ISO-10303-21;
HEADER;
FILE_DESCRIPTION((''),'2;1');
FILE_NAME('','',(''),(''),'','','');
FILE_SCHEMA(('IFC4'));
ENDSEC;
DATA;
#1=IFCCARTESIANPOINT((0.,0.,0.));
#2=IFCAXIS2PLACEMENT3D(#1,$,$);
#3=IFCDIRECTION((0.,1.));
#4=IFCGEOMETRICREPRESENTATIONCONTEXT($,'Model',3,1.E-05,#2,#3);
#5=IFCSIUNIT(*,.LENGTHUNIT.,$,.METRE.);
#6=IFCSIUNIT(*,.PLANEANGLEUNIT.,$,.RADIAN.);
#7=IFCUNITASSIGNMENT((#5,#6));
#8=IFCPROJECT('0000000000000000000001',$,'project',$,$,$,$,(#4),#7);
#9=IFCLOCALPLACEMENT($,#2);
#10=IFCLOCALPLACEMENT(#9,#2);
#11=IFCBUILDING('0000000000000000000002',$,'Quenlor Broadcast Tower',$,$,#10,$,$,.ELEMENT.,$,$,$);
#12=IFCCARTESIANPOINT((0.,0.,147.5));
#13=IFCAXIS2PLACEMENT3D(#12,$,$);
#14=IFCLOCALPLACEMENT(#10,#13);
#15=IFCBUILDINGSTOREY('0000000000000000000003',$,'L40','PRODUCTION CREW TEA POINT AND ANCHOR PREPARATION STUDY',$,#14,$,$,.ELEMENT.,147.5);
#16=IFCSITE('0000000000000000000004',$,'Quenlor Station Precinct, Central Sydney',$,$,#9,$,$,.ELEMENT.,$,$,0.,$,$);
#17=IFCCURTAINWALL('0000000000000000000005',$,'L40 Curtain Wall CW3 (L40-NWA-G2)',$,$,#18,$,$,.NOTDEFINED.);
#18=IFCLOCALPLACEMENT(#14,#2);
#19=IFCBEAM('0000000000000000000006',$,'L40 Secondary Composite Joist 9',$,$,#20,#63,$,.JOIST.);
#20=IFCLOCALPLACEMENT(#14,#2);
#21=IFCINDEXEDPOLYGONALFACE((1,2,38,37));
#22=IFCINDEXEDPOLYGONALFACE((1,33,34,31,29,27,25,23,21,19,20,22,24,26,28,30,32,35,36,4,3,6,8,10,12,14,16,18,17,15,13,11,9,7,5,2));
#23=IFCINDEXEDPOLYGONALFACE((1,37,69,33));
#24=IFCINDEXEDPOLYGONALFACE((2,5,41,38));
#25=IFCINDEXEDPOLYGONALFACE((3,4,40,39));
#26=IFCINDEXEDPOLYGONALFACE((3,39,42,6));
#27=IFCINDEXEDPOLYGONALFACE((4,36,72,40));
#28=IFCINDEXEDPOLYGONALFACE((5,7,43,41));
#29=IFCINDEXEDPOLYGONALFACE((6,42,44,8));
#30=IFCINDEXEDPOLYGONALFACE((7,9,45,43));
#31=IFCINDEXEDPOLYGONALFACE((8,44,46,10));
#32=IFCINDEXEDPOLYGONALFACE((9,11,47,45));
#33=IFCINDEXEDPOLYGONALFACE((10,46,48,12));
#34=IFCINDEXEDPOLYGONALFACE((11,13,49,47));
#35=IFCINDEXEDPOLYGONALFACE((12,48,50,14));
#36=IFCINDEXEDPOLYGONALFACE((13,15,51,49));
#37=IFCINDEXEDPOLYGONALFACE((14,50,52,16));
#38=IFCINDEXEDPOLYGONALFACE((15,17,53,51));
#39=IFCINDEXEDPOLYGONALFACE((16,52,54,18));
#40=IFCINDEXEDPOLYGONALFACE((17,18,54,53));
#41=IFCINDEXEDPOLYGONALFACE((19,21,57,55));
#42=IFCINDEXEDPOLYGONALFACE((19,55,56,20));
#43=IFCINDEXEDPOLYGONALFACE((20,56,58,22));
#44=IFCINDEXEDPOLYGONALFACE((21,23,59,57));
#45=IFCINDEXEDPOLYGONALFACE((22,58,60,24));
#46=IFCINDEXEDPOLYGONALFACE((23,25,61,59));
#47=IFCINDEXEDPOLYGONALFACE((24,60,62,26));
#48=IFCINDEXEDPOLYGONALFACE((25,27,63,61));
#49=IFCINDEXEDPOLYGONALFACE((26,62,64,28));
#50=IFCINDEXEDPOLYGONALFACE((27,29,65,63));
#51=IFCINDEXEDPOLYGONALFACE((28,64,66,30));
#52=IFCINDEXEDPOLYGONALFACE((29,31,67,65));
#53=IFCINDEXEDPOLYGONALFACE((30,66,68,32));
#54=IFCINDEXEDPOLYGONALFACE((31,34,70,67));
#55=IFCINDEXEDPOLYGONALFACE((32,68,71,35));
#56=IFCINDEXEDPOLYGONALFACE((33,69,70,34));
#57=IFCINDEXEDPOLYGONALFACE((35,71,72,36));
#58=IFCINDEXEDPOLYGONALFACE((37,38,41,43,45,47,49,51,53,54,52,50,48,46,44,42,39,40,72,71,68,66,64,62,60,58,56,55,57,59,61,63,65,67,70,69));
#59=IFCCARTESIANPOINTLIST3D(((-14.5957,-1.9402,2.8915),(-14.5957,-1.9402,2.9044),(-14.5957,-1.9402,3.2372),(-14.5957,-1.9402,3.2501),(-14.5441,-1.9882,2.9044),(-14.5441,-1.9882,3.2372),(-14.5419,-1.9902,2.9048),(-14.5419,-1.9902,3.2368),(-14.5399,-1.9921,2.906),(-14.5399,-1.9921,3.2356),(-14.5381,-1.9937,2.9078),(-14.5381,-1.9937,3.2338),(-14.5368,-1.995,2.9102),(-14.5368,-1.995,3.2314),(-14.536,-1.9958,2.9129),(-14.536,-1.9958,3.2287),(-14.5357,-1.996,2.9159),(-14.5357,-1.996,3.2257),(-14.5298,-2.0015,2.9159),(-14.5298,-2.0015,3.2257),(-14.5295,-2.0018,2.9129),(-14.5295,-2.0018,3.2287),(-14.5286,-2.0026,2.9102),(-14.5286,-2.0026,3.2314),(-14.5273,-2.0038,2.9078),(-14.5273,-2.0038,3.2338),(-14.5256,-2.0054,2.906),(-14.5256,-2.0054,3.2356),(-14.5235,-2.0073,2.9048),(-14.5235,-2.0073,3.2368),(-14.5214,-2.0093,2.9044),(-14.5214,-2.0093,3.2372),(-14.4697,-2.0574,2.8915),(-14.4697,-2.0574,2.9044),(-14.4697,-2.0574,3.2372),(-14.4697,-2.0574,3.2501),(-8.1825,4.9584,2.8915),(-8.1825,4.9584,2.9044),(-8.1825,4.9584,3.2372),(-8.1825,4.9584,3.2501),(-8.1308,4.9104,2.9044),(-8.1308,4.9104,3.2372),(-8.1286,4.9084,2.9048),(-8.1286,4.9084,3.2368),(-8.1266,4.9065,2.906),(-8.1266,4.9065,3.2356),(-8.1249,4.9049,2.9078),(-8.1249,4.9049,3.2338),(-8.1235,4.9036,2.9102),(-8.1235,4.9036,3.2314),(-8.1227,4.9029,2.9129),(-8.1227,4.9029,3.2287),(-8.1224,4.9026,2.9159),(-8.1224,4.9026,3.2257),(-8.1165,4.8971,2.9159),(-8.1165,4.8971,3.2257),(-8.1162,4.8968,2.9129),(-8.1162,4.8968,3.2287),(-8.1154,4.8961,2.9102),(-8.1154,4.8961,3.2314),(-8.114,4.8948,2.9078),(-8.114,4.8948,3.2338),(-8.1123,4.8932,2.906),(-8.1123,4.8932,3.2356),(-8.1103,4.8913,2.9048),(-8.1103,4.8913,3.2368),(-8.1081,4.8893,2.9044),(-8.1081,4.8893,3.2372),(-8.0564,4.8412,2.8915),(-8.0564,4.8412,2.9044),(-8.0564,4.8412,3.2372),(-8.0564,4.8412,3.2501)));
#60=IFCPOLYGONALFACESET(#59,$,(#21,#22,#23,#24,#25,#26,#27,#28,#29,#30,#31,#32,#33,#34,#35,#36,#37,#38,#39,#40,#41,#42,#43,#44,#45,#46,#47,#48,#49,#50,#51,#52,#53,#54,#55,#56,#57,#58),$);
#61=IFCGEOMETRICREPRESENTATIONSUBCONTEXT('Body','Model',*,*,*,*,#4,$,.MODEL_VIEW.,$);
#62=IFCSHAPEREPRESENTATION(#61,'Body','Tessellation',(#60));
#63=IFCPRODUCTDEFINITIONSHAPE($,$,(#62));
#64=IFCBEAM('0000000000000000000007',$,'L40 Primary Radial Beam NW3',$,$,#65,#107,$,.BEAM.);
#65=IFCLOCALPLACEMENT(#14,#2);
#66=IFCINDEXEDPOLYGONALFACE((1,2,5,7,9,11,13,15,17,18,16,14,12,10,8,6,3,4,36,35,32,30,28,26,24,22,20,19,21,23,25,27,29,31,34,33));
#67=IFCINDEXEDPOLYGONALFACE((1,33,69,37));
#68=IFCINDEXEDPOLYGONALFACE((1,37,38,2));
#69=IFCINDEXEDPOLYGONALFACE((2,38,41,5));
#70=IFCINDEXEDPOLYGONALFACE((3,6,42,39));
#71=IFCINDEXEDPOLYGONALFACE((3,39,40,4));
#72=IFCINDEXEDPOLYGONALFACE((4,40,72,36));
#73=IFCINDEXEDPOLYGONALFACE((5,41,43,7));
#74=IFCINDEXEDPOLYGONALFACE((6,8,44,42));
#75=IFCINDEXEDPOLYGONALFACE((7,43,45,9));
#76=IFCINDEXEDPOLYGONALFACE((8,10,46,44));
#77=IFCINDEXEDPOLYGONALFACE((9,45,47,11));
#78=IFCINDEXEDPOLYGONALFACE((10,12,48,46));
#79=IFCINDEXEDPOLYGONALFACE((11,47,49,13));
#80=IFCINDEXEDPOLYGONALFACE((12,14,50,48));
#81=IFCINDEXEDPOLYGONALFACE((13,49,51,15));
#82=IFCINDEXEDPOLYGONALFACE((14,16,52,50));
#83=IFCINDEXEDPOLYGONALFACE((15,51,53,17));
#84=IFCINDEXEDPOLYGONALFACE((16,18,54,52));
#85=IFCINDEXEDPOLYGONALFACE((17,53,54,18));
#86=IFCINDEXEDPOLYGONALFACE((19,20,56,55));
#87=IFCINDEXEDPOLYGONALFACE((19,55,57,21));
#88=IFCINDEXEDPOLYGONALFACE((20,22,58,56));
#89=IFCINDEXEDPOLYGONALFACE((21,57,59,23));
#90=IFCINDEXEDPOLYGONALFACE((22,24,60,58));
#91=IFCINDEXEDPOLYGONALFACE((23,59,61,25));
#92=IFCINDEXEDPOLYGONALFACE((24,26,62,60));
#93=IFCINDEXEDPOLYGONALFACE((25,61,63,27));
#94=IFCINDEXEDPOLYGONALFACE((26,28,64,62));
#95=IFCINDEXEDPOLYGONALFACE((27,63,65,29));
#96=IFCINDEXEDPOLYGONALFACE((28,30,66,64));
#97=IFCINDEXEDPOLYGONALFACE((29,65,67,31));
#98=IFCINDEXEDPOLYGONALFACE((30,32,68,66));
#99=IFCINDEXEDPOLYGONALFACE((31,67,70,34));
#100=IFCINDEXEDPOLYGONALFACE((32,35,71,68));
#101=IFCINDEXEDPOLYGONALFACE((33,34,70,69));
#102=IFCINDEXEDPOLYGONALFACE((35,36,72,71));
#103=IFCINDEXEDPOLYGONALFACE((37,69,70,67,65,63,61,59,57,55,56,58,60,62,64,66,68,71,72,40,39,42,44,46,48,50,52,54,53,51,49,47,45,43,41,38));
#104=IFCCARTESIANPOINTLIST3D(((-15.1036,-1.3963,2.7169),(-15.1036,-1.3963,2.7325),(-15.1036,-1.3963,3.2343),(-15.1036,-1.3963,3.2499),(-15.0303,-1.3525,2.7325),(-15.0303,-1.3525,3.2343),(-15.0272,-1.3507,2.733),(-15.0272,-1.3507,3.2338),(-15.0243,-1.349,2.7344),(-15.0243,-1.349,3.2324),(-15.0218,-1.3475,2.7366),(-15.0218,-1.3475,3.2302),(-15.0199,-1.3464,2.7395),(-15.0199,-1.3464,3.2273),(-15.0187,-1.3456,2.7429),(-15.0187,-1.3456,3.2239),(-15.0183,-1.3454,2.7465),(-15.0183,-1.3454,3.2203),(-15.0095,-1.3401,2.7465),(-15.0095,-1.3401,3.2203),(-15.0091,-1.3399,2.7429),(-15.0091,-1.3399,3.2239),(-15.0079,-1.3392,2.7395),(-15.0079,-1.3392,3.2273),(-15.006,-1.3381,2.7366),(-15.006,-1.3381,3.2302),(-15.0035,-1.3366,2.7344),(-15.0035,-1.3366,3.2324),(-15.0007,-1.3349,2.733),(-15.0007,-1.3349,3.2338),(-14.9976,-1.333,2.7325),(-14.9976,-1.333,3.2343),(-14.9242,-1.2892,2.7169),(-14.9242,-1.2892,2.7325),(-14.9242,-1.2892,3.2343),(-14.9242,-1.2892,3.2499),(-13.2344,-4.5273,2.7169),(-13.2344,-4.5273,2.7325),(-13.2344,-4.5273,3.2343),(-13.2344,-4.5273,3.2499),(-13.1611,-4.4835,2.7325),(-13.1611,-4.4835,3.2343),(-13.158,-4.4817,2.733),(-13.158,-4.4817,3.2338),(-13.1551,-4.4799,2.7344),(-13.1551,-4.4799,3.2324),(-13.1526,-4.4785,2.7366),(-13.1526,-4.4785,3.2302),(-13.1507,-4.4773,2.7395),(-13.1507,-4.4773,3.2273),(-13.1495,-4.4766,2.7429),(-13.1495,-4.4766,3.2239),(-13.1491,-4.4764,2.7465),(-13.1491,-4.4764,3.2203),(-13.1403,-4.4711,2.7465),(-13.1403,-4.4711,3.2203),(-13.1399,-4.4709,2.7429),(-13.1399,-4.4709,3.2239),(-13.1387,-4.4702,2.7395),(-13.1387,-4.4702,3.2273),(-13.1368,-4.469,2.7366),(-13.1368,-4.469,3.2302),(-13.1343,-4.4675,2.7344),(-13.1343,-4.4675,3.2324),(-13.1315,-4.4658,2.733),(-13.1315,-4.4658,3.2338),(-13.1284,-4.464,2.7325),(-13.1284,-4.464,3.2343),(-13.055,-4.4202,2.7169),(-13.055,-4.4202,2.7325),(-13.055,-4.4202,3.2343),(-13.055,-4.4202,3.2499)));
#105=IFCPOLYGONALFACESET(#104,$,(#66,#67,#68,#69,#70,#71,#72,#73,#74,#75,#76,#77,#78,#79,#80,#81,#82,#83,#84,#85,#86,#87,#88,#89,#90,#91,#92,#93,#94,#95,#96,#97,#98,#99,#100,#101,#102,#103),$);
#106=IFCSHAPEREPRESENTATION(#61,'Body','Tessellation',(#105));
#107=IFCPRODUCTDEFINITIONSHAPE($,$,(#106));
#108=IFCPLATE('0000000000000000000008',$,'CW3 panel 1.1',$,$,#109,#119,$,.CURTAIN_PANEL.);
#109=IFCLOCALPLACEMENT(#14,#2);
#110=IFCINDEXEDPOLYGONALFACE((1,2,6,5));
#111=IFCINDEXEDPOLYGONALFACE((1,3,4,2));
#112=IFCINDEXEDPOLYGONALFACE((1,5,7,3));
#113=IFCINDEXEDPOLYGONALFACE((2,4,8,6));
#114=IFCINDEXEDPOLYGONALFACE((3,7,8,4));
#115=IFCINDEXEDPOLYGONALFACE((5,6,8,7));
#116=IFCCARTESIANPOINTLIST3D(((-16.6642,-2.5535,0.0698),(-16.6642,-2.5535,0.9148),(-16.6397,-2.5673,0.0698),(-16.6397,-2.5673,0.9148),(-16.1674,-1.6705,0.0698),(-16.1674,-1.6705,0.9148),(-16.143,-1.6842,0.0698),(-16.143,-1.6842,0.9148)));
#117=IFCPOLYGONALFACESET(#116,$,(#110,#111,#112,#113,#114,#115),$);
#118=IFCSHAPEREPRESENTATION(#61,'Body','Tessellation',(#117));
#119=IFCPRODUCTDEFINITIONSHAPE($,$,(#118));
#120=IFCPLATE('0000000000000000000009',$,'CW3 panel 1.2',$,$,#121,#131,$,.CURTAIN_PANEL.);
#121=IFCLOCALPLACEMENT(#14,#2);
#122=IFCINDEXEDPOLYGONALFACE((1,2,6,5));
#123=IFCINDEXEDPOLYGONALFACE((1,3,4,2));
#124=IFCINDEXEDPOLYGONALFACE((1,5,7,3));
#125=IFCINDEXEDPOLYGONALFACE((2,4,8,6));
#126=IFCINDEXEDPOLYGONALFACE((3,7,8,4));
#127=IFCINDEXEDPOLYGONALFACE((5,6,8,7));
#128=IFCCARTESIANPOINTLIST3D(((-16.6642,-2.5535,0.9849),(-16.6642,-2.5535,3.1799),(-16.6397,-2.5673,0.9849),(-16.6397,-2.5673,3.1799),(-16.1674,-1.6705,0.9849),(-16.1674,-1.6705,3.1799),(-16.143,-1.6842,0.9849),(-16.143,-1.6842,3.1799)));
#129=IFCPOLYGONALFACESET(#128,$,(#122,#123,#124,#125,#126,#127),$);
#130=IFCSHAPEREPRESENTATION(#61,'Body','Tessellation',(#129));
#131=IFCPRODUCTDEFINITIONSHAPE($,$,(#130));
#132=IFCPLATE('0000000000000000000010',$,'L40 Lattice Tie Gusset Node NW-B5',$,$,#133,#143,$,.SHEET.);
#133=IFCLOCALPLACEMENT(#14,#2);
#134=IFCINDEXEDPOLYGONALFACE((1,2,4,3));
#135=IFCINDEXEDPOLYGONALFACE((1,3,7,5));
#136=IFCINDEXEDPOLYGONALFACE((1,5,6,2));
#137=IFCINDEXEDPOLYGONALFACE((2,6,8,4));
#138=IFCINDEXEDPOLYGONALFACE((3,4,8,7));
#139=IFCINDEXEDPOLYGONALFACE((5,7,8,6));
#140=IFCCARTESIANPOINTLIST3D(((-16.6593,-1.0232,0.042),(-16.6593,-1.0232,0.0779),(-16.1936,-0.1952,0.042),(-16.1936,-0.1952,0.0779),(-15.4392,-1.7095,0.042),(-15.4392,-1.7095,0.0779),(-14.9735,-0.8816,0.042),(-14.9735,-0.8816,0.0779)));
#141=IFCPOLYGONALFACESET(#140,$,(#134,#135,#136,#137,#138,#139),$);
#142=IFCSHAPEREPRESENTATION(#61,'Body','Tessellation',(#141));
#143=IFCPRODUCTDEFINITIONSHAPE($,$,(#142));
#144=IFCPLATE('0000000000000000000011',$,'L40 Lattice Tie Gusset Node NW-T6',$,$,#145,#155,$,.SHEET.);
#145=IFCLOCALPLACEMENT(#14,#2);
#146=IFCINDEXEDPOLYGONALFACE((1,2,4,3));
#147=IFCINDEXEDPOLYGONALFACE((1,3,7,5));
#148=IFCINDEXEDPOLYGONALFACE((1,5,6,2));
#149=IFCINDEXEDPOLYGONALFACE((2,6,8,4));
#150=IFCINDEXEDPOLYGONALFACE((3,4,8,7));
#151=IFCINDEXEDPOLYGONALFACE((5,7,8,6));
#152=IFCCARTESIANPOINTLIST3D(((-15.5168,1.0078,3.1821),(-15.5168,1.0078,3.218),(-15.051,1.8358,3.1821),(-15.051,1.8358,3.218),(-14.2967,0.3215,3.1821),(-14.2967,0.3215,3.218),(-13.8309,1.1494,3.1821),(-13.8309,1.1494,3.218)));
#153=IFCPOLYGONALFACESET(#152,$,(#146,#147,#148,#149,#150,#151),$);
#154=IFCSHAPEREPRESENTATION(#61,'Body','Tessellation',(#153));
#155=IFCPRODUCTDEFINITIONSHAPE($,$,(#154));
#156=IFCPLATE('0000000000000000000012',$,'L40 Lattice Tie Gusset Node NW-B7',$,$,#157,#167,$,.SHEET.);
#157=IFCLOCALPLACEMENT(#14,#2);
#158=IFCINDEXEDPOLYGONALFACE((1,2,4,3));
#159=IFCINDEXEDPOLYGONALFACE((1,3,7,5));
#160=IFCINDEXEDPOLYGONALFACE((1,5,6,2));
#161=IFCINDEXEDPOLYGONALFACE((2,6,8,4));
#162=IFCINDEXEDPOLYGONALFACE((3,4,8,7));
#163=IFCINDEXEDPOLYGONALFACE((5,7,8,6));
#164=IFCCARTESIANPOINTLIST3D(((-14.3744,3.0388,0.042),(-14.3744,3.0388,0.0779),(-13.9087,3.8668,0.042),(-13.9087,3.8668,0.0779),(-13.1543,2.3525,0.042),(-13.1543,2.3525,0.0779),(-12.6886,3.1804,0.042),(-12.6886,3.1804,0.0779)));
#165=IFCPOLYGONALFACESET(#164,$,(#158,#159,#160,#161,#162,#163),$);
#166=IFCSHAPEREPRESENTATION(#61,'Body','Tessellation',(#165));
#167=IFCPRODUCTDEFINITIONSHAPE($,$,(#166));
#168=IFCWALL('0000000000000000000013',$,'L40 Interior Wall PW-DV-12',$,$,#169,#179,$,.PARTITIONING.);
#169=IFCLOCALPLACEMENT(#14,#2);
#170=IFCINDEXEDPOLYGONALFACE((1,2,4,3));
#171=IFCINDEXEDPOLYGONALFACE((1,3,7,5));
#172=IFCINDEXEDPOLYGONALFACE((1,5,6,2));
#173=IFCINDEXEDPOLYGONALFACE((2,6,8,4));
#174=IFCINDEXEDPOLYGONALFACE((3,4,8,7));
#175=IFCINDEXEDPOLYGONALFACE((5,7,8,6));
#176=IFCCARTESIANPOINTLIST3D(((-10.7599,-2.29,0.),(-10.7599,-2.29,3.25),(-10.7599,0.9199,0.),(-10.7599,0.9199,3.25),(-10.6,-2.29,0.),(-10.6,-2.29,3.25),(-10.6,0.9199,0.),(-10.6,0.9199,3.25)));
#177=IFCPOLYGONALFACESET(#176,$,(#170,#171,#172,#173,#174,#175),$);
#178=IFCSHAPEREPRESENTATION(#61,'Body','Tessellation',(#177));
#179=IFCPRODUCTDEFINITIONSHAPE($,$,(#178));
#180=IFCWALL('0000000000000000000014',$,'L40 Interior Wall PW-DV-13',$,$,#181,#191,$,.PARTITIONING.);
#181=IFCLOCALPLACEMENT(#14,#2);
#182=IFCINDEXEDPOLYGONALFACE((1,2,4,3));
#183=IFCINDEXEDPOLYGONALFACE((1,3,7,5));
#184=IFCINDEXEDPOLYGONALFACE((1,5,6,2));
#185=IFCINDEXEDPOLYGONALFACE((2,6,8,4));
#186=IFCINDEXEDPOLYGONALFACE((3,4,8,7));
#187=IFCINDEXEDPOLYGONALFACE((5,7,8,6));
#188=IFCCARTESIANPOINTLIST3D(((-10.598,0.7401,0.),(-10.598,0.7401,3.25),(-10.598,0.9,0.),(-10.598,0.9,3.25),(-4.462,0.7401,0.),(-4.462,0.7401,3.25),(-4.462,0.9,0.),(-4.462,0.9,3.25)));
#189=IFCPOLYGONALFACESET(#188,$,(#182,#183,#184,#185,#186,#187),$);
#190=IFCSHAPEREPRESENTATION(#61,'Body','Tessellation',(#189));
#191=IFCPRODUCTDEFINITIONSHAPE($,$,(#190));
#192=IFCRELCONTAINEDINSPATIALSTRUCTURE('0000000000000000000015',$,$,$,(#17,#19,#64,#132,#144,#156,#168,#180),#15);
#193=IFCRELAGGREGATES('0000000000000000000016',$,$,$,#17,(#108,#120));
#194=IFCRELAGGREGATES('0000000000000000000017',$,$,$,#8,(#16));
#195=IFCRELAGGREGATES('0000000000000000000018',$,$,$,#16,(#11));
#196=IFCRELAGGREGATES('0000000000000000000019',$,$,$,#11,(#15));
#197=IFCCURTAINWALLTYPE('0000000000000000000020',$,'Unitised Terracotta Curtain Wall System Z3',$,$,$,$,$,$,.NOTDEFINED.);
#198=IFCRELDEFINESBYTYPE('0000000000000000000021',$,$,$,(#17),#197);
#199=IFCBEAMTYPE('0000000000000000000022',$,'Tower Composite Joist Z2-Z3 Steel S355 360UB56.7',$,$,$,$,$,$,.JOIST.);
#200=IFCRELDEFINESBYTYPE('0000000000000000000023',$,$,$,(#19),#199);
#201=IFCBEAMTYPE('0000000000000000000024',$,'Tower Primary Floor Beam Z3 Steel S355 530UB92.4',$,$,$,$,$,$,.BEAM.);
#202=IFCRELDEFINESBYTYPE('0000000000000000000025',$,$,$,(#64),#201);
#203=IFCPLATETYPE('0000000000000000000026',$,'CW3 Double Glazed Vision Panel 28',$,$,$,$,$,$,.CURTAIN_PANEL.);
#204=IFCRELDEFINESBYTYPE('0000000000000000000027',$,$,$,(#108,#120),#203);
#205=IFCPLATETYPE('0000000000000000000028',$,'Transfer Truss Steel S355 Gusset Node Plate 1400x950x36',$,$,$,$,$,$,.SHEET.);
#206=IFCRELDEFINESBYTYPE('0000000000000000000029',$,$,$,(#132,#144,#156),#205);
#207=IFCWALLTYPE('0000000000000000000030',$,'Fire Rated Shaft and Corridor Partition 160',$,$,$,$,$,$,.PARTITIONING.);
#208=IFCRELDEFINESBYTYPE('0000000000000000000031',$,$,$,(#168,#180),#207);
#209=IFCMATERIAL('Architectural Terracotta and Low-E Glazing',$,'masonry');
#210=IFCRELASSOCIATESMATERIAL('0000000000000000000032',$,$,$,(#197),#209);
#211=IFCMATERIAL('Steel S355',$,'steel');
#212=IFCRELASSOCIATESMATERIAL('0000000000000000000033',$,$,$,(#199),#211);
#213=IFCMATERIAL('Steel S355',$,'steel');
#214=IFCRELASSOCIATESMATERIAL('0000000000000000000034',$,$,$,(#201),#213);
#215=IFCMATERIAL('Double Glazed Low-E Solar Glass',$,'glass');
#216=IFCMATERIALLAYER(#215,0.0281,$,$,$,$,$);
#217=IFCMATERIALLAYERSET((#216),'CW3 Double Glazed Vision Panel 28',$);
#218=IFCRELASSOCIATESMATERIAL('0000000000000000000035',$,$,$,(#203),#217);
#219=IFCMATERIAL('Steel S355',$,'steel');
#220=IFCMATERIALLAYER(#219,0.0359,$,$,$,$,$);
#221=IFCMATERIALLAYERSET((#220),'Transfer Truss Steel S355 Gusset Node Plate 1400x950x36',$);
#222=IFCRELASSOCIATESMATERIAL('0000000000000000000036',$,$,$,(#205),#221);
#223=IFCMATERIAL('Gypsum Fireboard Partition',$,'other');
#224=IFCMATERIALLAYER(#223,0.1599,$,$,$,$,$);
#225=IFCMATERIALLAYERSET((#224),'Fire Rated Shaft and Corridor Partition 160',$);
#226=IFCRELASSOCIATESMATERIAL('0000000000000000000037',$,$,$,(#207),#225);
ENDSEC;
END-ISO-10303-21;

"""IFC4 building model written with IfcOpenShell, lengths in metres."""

from ifc_helpers import new_model, si_unit, direction, frame, frame_2d, origin, origin_2d, place, context, subcontext, project, spatial, rectangle, i_section, extrude, material, layer, layer_set, material_profile, profile_set, type_object, element, aggregate, save


model = new_model("IFC4")

# Units and contexts
model_context = context("Model", 3, precision=1e-05, world=origin(), true_north=direction((0.0, 1.0)))
body_context = subcontext(model_context, "Body", "Model", "MODEL_VIEW")
ifc_project = project(units=[si_unit("LENGTHUNIT", "METRE"), si_unit("PLANEANGLEUNIT", "RADIAN")], contexts=[model_context])

# Site, building, storey
site_placement = place(None, origin())
site = spatial("IfcSite", under=ifc_project, at=site_placement, Name="Quenlor Station Precinct, Central Sydney", CompositionType="ELEMENT", RefElevation=0.0)
building_placement = place(site_placement, origin())
building = spatial("IfcBuilding", under=site, at=building_placement, Name="Quenlor Broadcast Tower", CompositionType="ELEMENT")
storey_placement = place(building_placement, frame((0.0, 0.0, 147.5)))
storey = spatial("IfcBuildingStorey", under=building, at=storey_placement, Name="L40", Description="PRODUCTION CREW TEA POINT AND ANCHOR PREPARATION STUDY", CompositionType="ELEMENT", Elevation=147.5)

# Curtain wall
ifc_material_1 = material(Name="Architectural Terracotta and Low-E Glazing", Category="masonry")
curtain_wall_type = type_object("IfcCurtainWallType", Name="Unitised Terracotta Curtain Wall System Z3", PredefinedType="NOTDEFINED", material=ifc_material_1)
curtain_wall_1_placement = place(storey_placement, origin())
curtain_wall_1 = element("IfcCurtainWall", 1, at=curtain_wall_1_placement, inside=storey, type_object=curtain_wall_type, Name="L40 Curtain Wall CW3 (L40-NWA-G2)", PredefinedType="NOTDEFINED")

# Beams
ifc_material_2 = material(Name="Steel S355", Category="steel")
ifc_material_profile_1 = material_profile(ifc_material_2, i_section(OverallWidth=0.1721, OverallDepth=0.3586, WebThickness=0.0081, FlangeThickness=0.0129, FilletRadius=0.0115, at=origin_2d()))
ifc_profile_set_1 = profile_set([ifc_material_profile_1], Name="Steel S355 360UB56.7")
beam_type_1 = type_object("IfcBeamType", Name="Tower Composite Joist Z2-Z3 Steel S355 360UB56.7", PredefinedType="JOIST", material=ifc_profile_set_1)
beam_1_placement = place(storey_placement, frame((-14.5327, -1.9988, 3.0708), z_axis=(0.680874, 0.732401, 0.0), x_axis=(-0.732401, 0.680874, 0.0)))
element("IfcBeam", 2, at=beam_1_placement, inside=storey, type_object=beam_type_1, Name="L40 Secondary Composite Joist 9", PredefinedType="JOIST", context=body_context, shape_type="SweptSolid", body=[
    extrude(i_section(OverallWidth=0.1721, OverallDepth=0.3586, WebThickness=0.0081, FlangeThickness=0.0129, FilletRadius=0.0115, at=origin_2d()), origin(), (0.0, 0.0, 1.0), 9.4192),
])
ifc_material_3 = material(Name="Steel S355", Category="steel")
ifc_material_profile_2 = material_profile(ifc_material_3, i_section(OverallWidth=0.209, OverallDepth=0.533, WebThickness=0.0103, FlangeThickness=0.0156, FilletRadius=0.0139, at=origin_2d()))
ifc_profile_set_2 = profile_set([ifc_material_profile_2], Name="Steel S355 530UB92.4")
beam_type_2 = type_object("IfcBeamType", Name="Tower Primary Floor Beam Z3 Steel S355 530UB92.4", PredefinedType="BEAM", material=ifc_profile_set_2)
beam_2_placement = place(storey_placement, frame((-15.0139, -1.3428, 2.9834), z_axis=(0.512604, -0.858625, 0.0), x_axis=(0.858625, 0.512604, 0.0)))
element("IfcBeam", 3, at=beam_2_placement, inside=storey, type_object=beam_type_2, Name="L40 Primary Radial Beam NW3", PredefinedType="BEAM", context=body_context, shape_type="SweptSolid", body=[
    extrude(i_section(OverallWidth=0.209, OverallDepth=0.533, WebThickness=0.0103, FlangeThickness=0.0156, FilletRadius=0.0139, at=origin_2d()), origin(), (0.0, 0.0, 1.0), 3.6465),
])

# Plates
ifc_material_4 = material(Name="Double Glazed Low-E Solar Glass", Category="glass")
ifc_layer_1 = layer(ifc_material_4, 0.0281)
ifc_layer_set_1 = layer_set([ifc_layer_1], Name="CW3 Double Glazed Vision Panel 28")
plate_type_1 = type_object("IfcPlateType", Name="CW3 Double Glazed Vision Panel 28", PredefinedType="CURTAIN_PANEL", material=ifc_layer_set_1)
plate_1_placement = place(storey_placement, frame((-16.4036, -2.1189, 0.0698), z_axis=(0.0, 0.0, 1.0), x_axis=(0.490253, 0.87158, 0.0)))
plate_1 = element("IfcPlate", 4, at=plate_1_placement, type_object=plate_type_1, Name="CW3 panel 1.1", PredefinedType="CURTAIN_PANEL", context=body_context, shape_type="SweptSolid", body=[
    extrude(rectangle(XDim=1.0132, YDim=0.0281, at=origin_2d()), origin(), (0.0, 0.0, 1.0), 0.845),
])
plate_2_placement = place(storey_placement, frame((-16.4036, -2.1189, 0.9849), z_axis=(0.0, 0.0, 1.0), x_axis=(0.490253, 0.87158, 0.0)))
plate_2 = element("IfcPlate", 5, at=plate_2_placement, type_object=plate_type_1, Name="CW3 panel 1.2", PredefinedType="CURTAIN_PANEL", context=body_context, shape_type="SweptSolid", body=[
    extrude(rectangle(XDim=1.0132, YDim=0.0281, at=origin_2d()), origin(), (0.0, 0.0, 1.0), 2.1951),
])
aggregate(curtain_wall_1, [plate_1, plate_2])

# Plates
ifc_material_5 = material(Name="Steel S355", Category="steel")
ifc_layer_2 = layer(ifc_material_5, 0.0359)
ifc_layer_set_2 = layer_set([ifc_layer_2], Name="Transfer Truss Steel S355 Gusset Node Plate 1400x950x36")
plate_type_2 = type_object("IfcPlateType", Name="Transfer Truss Steel S355 Gusset Node Plate 1400x950x36", PredefinedType="SHEET", material=ifc_layer_set_2)
for number, where, z_axis, x_axis, name in (
    (6, (-15.8164, -0.9524, 0.042), (0.0, 0.0, 1.0), (-0.871556, 0.490295, 0.0), "L40 Lattice Tie Gusset Node NW-B5"),
    (7, (-14.6738, 1.0786, 3.1821), (0.0, 0.0, 1.0), (-0.871556, 0.490295, 0.0), "L40 Lattice Tie Gusset Node NW-T6"),
    (8, (-13.5315, 3.1096, 0.042), (0.0, 0.0, 1.0), (-0.871556, 0.490295, 0.0), "L40 Lattice Tie Gusset Node NW-B7"),
):
    element("IfcPlate", number, at=place(storey_placement, frame(where, z_axis=z_axis, x_axis=x_axis)), inside=storey, type_object=plate_type_2, Name=name, PredefinedType="SHEET", context=body_context, shape_type="SweptSolid", body=[
        extrude(rectangle(XDim=1.3999, YDim=0.95, at=origin_2d()), origin(), (0.0, 0.0, 1.0), 0.0359),
    ])

# Walls
ifc_material_6 = material(Name="Gypsum Fireboard Partition", Category="other")
ifc_layer_3 = layer(ifc_material_6, 0.1599)
ifc_layer_set_3 = layer_set([ifc_layer_3], Name="Fire Rated Shaft and Corridor Partition 160")
wall_type_1 = type_object("IfcWallType", Name="Fire Rated Shaft and Corridor Partition 160", PredefinedType="PARTITIONING", material=ifc_layer_set_3)
wall_1_placement = place(storey_placement, frame((-10.6799, -2.29, 0.0), z_axis=(0.0, 0.0, 1.0), x_axis=(0.0, 1.0, 0.0)))
element("IfcWall", 9, at=wall_1_placement, inside=storey, type_object=wall_type_1, Name="L40 Interior Wall PW-DV-12", PredefinedType="PARTITIONING", context=body_context, shape_type="SweptSolid", body=[
    extrude(rectangle(XDim=3.21, YDim=0.1599, at=frame_2d((1.605, 0.0))), origin(), (0.0, 0.0, 1.0), 3.25),
])
wall_2_placement = place(storey_placement, frame((-10.5979, 0.8201, 0.0), z_axis=(0.0, 0.0, 1.0), x_axis=(1.0, 0.0, 0.0)))
element("IfcWall", 10, at=wall_2_placement, inside=storey, type_object=wall_type_1, Name="L40 Interior Wall PW-DV-13", PredefinedType="PARTITIONING", context=body_context, shape_type="SweptSolid", body=[
    extrude(rectangle(XDim=6.136, YDim=0.1599, at=frame_2d((3.0679, 0.0))), origin(), (0.0, 0.0, 1.0), 3.25),
])

save(model, "model.ifc")
